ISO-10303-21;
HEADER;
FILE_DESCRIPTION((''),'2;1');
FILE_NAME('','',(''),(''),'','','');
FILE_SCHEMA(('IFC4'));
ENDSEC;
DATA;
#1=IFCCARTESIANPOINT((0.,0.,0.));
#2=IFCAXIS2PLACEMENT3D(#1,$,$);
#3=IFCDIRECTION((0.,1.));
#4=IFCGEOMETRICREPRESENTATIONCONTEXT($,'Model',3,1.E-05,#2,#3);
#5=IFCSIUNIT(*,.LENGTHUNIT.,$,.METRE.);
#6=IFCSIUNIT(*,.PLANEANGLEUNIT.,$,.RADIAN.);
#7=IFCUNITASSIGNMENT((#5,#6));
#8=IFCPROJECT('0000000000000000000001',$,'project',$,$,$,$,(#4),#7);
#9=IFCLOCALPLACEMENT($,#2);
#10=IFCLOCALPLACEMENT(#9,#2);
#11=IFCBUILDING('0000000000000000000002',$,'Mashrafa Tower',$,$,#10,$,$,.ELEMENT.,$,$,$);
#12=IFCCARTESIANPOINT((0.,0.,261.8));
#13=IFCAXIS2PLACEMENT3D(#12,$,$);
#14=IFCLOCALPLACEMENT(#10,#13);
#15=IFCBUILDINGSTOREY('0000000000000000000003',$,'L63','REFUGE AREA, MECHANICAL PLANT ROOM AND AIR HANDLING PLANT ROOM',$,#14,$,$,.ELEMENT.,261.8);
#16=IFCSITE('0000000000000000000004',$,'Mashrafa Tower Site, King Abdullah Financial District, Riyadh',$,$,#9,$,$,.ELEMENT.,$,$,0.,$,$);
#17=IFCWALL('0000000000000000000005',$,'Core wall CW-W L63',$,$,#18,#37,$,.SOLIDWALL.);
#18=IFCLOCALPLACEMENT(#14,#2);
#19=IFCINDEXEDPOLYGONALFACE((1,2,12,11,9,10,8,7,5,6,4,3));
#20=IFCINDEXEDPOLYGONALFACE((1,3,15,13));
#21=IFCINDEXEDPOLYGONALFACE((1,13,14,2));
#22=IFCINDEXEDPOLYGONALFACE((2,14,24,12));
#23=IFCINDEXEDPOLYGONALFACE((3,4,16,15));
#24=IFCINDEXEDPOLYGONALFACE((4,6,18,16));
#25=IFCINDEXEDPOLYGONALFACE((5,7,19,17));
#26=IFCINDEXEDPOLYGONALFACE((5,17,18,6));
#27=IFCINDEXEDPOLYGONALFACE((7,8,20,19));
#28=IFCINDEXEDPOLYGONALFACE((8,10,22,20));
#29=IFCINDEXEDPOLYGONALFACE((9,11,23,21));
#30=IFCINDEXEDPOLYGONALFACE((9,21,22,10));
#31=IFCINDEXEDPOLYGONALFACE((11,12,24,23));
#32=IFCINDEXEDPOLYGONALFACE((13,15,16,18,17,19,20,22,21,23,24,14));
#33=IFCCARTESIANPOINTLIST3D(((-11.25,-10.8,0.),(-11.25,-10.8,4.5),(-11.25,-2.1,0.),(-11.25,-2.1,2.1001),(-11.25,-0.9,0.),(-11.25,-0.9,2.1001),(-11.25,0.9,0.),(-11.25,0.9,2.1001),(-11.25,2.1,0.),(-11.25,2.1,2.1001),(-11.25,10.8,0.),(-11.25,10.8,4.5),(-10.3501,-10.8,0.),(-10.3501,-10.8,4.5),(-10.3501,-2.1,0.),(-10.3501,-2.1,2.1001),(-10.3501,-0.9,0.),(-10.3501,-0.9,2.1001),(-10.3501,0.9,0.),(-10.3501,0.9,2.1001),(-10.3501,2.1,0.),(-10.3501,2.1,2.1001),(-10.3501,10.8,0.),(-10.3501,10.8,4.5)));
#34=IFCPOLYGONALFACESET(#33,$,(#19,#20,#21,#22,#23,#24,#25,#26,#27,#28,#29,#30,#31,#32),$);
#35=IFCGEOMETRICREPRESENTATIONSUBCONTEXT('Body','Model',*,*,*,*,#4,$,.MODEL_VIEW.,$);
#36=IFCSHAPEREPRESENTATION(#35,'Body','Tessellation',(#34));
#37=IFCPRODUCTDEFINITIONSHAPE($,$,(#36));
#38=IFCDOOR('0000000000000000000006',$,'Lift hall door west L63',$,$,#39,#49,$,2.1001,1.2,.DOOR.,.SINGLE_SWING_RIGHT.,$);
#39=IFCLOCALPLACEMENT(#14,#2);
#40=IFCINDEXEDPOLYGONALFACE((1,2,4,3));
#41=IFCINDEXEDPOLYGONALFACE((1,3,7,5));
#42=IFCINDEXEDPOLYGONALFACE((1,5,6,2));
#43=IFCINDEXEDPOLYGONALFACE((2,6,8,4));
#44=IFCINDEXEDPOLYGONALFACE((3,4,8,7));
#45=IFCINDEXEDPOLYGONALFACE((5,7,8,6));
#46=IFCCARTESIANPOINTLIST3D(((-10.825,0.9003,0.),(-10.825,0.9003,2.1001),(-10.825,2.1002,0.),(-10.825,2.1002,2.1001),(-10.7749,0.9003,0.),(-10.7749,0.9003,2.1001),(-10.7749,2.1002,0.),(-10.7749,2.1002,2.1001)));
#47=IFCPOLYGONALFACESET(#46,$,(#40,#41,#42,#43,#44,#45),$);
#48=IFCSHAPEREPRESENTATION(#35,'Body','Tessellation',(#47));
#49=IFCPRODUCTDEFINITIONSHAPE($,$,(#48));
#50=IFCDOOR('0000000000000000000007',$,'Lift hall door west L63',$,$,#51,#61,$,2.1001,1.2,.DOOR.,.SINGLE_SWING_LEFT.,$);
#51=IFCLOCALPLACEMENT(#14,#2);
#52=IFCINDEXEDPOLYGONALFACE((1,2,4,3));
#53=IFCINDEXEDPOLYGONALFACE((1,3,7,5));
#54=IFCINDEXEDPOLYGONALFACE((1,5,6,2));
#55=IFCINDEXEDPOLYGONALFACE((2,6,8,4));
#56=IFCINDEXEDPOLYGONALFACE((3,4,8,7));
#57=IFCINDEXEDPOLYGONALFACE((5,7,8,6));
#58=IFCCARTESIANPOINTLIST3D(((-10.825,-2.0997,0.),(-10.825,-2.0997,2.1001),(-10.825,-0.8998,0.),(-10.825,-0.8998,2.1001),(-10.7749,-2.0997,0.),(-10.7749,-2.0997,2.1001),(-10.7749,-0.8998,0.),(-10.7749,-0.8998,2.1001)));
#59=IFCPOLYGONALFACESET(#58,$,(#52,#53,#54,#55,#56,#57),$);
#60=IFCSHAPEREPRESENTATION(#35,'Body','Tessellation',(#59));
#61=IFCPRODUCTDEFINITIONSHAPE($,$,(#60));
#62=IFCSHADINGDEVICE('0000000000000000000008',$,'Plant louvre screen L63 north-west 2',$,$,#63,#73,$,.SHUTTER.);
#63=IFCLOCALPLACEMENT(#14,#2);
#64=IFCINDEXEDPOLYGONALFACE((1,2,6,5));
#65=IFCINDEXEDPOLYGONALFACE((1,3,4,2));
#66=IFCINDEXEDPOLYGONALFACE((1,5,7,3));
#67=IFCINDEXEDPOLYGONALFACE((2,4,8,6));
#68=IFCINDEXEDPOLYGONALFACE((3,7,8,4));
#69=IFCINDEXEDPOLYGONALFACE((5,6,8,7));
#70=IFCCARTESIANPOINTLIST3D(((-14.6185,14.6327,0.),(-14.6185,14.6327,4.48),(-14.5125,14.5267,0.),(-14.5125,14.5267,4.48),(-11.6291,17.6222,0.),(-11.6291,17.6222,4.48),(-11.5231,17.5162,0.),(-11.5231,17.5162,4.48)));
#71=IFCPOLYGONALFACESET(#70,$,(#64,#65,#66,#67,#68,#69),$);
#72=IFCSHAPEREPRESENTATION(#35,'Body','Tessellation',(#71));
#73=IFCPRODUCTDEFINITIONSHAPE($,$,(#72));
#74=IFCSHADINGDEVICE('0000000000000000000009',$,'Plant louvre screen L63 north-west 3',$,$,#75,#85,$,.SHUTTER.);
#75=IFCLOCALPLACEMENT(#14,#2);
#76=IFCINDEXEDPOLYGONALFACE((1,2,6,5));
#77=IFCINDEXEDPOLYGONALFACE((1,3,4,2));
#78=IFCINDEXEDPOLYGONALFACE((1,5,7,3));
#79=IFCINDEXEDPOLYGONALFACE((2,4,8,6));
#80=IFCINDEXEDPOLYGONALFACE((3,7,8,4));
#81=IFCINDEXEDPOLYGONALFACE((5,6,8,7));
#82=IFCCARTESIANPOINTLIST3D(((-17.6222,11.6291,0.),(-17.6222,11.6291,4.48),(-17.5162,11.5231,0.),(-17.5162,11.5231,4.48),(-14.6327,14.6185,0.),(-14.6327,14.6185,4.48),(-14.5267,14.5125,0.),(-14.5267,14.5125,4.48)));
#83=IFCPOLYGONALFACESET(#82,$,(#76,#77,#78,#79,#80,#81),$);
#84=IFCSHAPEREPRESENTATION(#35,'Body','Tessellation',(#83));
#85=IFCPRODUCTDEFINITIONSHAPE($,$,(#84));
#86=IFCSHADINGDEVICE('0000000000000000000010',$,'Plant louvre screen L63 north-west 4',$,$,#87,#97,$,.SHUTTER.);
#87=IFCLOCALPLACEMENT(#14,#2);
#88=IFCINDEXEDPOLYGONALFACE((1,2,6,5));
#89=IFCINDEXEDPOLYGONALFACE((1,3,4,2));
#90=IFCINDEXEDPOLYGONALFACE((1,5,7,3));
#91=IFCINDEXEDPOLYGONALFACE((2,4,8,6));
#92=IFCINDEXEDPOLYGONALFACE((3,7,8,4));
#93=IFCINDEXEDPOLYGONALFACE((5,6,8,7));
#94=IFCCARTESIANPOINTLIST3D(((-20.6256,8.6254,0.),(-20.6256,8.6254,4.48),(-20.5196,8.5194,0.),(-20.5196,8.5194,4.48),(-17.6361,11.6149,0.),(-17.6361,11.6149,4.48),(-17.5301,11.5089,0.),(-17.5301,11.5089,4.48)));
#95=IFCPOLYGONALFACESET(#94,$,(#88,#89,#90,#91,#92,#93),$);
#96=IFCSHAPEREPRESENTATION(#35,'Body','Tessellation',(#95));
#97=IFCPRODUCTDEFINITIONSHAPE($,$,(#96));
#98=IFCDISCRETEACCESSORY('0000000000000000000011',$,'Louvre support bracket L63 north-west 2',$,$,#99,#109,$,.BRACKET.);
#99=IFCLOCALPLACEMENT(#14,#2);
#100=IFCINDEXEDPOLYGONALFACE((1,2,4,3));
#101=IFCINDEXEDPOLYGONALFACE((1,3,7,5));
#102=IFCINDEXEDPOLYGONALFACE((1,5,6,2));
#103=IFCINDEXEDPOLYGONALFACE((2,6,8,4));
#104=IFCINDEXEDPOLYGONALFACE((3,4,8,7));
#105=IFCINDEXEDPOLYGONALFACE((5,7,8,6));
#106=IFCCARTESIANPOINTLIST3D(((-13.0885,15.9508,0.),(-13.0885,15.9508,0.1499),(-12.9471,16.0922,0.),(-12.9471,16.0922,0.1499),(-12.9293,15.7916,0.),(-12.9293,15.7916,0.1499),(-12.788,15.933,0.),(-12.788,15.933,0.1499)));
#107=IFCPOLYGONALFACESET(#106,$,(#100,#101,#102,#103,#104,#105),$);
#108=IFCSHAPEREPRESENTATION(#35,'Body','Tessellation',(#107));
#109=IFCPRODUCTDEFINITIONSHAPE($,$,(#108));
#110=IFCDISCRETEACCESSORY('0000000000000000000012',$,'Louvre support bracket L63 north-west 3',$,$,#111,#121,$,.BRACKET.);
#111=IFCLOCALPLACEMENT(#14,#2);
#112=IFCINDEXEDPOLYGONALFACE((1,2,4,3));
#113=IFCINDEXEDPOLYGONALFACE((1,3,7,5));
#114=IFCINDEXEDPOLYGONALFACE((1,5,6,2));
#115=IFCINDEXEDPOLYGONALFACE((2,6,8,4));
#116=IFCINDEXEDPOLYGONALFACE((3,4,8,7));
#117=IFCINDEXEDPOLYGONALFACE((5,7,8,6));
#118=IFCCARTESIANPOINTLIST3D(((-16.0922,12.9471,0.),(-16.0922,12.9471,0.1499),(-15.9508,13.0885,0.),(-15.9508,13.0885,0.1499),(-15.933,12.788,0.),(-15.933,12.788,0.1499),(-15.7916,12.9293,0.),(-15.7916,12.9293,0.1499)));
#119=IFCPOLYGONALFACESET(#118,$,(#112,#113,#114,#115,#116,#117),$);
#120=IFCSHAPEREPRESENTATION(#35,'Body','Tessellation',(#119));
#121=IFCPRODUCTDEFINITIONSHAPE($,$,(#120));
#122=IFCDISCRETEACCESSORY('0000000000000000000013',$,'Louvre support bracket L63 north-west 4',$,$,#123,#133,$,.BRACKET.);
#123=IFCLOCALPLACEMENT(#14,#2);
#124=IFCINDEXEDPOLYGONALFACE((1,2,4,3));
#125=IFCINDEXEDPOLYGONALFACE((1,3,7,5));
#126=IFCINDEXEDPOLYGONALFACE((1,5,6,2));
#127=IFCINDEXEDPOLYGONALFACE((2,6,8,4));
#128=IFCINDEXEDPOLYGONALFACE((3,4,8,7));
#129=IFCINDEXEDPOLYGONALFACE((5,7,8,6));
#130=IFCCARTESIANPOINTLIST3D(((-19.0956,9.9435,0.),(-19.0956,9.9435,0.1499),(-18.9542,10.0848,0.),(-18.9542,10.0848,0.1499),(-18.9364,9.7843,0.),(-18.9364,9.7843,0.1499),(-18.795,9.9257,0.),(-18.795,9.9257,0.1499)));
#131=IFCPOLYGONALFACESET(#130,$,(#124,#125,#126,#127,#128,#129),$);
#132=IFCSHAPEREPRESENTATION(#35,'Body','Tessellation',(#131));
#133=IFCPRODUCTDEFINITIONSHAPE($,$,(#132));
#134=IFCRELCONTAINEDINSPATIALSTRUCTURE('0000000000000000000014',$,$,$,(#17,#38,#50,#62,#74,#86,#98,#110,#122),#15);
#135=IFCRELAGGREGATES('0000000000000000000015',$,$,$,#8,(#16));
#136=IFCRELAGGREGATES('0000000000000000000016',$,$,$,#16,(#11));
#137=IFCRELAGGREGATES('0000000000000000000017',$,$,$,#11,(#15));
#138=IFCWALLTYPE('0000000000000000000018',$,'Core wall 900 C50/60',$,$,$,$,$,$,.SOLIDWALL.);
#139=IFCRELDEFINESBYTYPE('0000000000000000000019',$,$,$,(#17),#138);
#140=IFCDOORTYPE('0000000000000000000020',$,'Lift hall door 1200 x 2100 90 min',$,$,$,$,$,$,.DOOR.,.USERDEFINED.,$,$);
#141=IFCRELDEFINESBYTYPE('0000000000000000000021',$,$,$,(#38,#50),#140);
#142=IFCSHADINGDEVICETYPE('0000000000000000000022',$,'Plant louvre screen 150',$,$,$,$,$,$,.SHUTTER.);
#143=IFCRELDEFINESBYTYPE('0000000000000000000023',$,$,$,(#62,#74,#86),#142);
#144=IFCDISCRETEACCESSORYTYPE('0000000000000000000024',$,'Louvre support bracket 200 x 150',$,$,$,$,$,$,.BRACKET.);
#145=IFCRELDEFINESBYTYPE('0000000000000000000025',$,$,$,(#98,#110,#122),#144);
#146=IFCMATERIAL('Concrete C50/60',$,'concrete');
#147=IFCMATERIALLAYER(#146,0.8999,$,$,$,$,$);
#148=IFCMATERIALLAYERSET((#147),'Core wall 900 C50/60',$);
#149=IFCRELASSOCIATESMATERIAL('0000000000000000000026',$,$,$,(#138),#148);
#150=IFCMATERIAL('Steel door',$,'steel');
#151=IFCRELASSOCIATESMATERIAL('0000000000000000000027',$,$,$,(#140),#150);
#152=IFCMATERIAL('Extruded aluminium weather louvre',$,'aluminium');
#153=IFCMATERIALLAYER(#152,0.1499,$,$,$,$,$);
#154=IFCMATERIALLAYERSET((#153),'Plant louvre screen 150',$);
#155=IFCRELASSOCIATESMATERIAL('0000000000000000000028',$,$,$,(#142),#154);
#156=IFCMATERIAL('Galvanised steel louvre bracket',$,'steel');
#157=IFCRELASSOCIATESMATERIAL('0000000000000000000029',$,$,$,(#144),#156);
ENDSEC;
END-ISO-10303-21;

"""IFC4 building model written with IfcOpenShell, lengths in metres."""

from ifc_helpers import new_model, si_unit, direction, frame, frame_2d, origin, origin_2d, place, context, subcontext, project, spatial, rectangle, extrude, source, transform, mapped, material, layer, layer_set, type_object, type_shapes, element, fill, save


model = new_model("IFC4")

# Units and contexts
model_context = context("Model", 3, precision=1e-05, world=origin(), true_north=direction((0.0, 1.0)))
body_context = subcontext(model_context, "Body", "Model", "MODEL_VIEW")
ifc_project = project(units=[si_unit("LENGTHUNIT", "METRE"), si_unit("PLANEANGLEUNIT", "RADIAN")], contexts=[model_context])

# Site, building, storey
site_placement = place(None, origin())
site = spatial("IfcSite", under=ifc_project, at=site_placement, Name="Mashrafa Tower Site, King Abdullah Financial District, Riyadh", CompositionType="ELEMENT", RefElevation=0.0)
building_placement = place(site_placement, origin())
building = spatial("IfcBuilding", under=site, at=building_placement, Name="Mashrafa Tower", CompositionType="ELEMENT")
storey_placement = place(building_placement, frame((0.0, 0.0, 261.8)))
storey = spatial("IfcBuildingStorey", under=building, at=storey_placement, Name="L63", Description="REFUGE AREA, MECHANICAL PLANT ROOM AND AIR HANDLING PLANT ROOM", CompositionType="ELEMENT", Elevation=261.8)

# Wall, openings, doors
ifc_material_1 = material(Name="Concrete C50/60", Category="concrete")
ifc_layer_1 = layer(ifc_material_1, 0.8999)
ifc_layer_set_1 = layer_set([ifc_layer_1], Name="Core wall 900 C50/60")
wall_type_1 = type_object("IfcWallType", Name="Core wall 900 C50/60", PredefinedType="SOLIDWALL", material=ifc_layer_set_1)
wall_1_placement = place(storey_placement, frame((-10.8, 10.8, 0.0), z_axis=(0.0, 0.0, 1.0), x_axis=(0.0, -1.0, 0.0)))
wall_1 = element("IfcWall", 1, at=wall_1_placement, inside=storey, type_object=wall_type_1, Name="Core wall CW-W L63", PredefinedType="SOLIDWALL", context=body_context, shape_type="SweptSolid", body=[
    extrude(rectangle(XDim=21.6001, YDim=0.8999, at=frame_2d((10.8, 0.0))), origin(), (0.0, 0.0, 1.0), 4.5),
])
opening_1_placement = place(wall_1_placement, frame((8.7, 0.0, 0.0)))
opening_1 = element("IfcOpeningElement", 2, at=opening_1_placement, cuts=wall_1, PredefinedType="OPENING", context=body_context, shape_type="SweptSolid", body=[
    extrude(rectangle(XDim=1.2, YDim=2.1001, at=frame_2d((0.6001, 1.05))), frame((0.0, 0.46, 0.0), z_axis=(0.0, -1.0, 0.0), x_axis=(1.0, 0.0, 0.0)), (0.0, 0.0, 1.0), 0.9199),
])
opening_2_placement = place(wall_1_placement, frame((11.7, 0.0, 0.0)))
opening_2 = element("IfcOpeningElement", 3, at=opening_2_placement, cuts=wall_1, PredefinedType="OPENING", context=body_context, shape_type="SweptSolid", body=[
    extrude(rectangle(XDim=1.2, YDim=2.1001, at=frame_2d((0.6001, 1.05))), frame((0.0, 0.46, 0.0), z_axis=(0.0, -1.0, 0.0), x_axis=(1.0, 0.0, 0.0)), (0.0, 0.0, 1.0), 0.9199),
])
ifc_material_2 = material(Name="Steel door", Category="steel")
door_type_1 = type_object("IfcDoorType", Name="Lift hall door 1200 x 2100 90 min", OperationType="USERDEFINED", PredefinedType="DOOR", material=ifc_material_2)
door_1_placement = place(opening_1_placement, frame((1.2, 0.0, 0.0), z_axis=(0.0, 0.0, 1.0), x_axis=(-1.0, 0.0, 0.0)))
door_1 = element("IfcDoor", 4, at=door_1_placement, inside=storey, type_object=door_type_1, Name="Lift hall door west L63", OperationType="SINGLE_SWING_RIGHT", OverallHeight=2.1001, OverallWidth=1.2, PredefinedType="DOOR", context=body_context, shape_type="SweptSolid", body=[
    extrude(rectangle(XDim=1.2, YDim=2.1001, at=frame_2d((0.6001, 1.05))), frame((0.0, 0.0249, 0.0), z_axis=(0.0, -1.0, 0.0), x_axis=(1.0, 0.0, 0.0)), (0.0, 0.0, 1.0), 0.05),
])
fill(opening_1, door_1)
door_2_placement = place(opening_2_placement, frame((1.2, 0.0, 0.0), z_axis=(0.0, 0.0, 1.0), x_axis=(-1.0, 0.0, 0.0)))
door_2 = element("IfcDoor", 5, at=door_2_placement, inside=storey, type_object=door_type_1, Name="Lift hall door west L63", OperationType="SINGLE_SWING_LEFT", OverallHeight=2.1001, OverallWidth=1.2, PredefinedType="DOOR", context=body_context, shape_type="SweptSolid", body=[
    extrude(rectangle(XDim=1.2, YDim=2.1001, at=frame_2d((0.6001, 1.05))), frame((0.0, 0.0249, 0.0), z_axis=(0.0, -1.0, 0.0), x_axis=(1.0, 0.0, 0.0)), (0.0, 0.0, 1.0), 0.05),
])
fill(opening_2, door_2)

# Shading devices
ifc_material_3 = material(Name="Extruded aluminium weather louvre", Category="aluminium")
ifc_layer_2 = layer(ifc_material_3, 0.1499)
ifc_layer_set_2 = layer_set([ifc_layer_2], Name="Plant louvre screen 150")
shading_device_type = type_object("IfcShadingDeviceType", Name="Plant louvre screen 150", PredefinedType="SHUTTER", material=ifc_layer_set_2)
shared_shape_1 = source(origin(), body_context, "Body", "SweptSolid", [
    extrude(rectangle(XDim=4.2278, YDim=0.1499, at=origin_2d()), origin(), (0.0, 0.0, 1.0), 4.48),
])
type_shapes(shading_device_type, [shared_shape_1])
for number, where, z_axis, x_axis, name in (
    (6, (-13.0708, 16.0745, 0.0), (0.0, 0.0, 1.0), (-0.707107, -0.707107, 0.0), "Plant louvre screen L63 north-west 2"),
    (7, (-16.0745, 13.0708, 0.0), (0.0, 0.0, 1.0), (-0.707107, -0.707107, 0.0), "Plant louvre screen L63 north-west 3"),
    (8, (-19.0779, 10.0671, 0.0), (0.0, 0.0, 1.0), (-0.707107, -0.707107, 0.0), "Plant louvre screen L63 north-west 4"),
):
    element("IfcShadingDevice", number, at=place(storey_placement, frame(where, z_axis=z_axis, x_axis=x_axis)), inside=storey, type_object=shading_device_type, Name=name, PredefinedType="SHUTTER", context=body_context, shape_type="MappedRepresentation", body=[
        mapped(shared_shape_1, transform((0.0, 0.0, 0.0))),
    ])

# Discrete accessories
ifc_material_4 = material(Name="Galvanised steel louvre bracket", Category="steel")
discrete_accessory_type = type_object("IfcDiscreteAccessoryType", Name="Louvre support bracket 200 x 150", PredefinedType="BRACKET", material=ifc_material_4)
shared_shape_2 = source(origin(), body_context, "Body", "SweptSolid", [
    extrude(rectangle(XDim=0.2, YDim=0.2251, at=origin_2d()), origin(), (0.0, 0.0, 1.0), 0.1499),
])
type_shapes(discrete_accessory_type, [shared_shape_2])
for number, where, z_axis, x_axis, name in (
    (9, (-12.9382, 15.9419, 0.0), (0.0, 0.0, 1.0), (-0.707107, -0.707107, 0.0), "Louvre support bracket L63 north-west 2"),
    (10, (-15.9419, 12.9382, 0.0), (0.0, 0.0, 1.0), (-0.707107, -0.707107, 0.0), "Louvre support bracket L63 north-west 3"),
    (11, (-18.9453, 9.9346, 0.0), (0.0, 0.0, 1.0), (-0.707107, -0.707107, 0.0), "Louvre support bracket L63 north-west 4"),
):
    element("IfcDiscreteAccessory", number, at=place(storey_placement, frame(where, z_axis=z_axis, x_axis=x_axis)), inside=storey, type_object=discrete_accessory_type, Name=name, PredefinedType="BRACKET", context=body_context, shape_type="MappedRepresentation", body=[
        mapped(shared_shape_2, transform((0.0, 0.0, 0.0))),
    ])

save(model, "model.ifc")
